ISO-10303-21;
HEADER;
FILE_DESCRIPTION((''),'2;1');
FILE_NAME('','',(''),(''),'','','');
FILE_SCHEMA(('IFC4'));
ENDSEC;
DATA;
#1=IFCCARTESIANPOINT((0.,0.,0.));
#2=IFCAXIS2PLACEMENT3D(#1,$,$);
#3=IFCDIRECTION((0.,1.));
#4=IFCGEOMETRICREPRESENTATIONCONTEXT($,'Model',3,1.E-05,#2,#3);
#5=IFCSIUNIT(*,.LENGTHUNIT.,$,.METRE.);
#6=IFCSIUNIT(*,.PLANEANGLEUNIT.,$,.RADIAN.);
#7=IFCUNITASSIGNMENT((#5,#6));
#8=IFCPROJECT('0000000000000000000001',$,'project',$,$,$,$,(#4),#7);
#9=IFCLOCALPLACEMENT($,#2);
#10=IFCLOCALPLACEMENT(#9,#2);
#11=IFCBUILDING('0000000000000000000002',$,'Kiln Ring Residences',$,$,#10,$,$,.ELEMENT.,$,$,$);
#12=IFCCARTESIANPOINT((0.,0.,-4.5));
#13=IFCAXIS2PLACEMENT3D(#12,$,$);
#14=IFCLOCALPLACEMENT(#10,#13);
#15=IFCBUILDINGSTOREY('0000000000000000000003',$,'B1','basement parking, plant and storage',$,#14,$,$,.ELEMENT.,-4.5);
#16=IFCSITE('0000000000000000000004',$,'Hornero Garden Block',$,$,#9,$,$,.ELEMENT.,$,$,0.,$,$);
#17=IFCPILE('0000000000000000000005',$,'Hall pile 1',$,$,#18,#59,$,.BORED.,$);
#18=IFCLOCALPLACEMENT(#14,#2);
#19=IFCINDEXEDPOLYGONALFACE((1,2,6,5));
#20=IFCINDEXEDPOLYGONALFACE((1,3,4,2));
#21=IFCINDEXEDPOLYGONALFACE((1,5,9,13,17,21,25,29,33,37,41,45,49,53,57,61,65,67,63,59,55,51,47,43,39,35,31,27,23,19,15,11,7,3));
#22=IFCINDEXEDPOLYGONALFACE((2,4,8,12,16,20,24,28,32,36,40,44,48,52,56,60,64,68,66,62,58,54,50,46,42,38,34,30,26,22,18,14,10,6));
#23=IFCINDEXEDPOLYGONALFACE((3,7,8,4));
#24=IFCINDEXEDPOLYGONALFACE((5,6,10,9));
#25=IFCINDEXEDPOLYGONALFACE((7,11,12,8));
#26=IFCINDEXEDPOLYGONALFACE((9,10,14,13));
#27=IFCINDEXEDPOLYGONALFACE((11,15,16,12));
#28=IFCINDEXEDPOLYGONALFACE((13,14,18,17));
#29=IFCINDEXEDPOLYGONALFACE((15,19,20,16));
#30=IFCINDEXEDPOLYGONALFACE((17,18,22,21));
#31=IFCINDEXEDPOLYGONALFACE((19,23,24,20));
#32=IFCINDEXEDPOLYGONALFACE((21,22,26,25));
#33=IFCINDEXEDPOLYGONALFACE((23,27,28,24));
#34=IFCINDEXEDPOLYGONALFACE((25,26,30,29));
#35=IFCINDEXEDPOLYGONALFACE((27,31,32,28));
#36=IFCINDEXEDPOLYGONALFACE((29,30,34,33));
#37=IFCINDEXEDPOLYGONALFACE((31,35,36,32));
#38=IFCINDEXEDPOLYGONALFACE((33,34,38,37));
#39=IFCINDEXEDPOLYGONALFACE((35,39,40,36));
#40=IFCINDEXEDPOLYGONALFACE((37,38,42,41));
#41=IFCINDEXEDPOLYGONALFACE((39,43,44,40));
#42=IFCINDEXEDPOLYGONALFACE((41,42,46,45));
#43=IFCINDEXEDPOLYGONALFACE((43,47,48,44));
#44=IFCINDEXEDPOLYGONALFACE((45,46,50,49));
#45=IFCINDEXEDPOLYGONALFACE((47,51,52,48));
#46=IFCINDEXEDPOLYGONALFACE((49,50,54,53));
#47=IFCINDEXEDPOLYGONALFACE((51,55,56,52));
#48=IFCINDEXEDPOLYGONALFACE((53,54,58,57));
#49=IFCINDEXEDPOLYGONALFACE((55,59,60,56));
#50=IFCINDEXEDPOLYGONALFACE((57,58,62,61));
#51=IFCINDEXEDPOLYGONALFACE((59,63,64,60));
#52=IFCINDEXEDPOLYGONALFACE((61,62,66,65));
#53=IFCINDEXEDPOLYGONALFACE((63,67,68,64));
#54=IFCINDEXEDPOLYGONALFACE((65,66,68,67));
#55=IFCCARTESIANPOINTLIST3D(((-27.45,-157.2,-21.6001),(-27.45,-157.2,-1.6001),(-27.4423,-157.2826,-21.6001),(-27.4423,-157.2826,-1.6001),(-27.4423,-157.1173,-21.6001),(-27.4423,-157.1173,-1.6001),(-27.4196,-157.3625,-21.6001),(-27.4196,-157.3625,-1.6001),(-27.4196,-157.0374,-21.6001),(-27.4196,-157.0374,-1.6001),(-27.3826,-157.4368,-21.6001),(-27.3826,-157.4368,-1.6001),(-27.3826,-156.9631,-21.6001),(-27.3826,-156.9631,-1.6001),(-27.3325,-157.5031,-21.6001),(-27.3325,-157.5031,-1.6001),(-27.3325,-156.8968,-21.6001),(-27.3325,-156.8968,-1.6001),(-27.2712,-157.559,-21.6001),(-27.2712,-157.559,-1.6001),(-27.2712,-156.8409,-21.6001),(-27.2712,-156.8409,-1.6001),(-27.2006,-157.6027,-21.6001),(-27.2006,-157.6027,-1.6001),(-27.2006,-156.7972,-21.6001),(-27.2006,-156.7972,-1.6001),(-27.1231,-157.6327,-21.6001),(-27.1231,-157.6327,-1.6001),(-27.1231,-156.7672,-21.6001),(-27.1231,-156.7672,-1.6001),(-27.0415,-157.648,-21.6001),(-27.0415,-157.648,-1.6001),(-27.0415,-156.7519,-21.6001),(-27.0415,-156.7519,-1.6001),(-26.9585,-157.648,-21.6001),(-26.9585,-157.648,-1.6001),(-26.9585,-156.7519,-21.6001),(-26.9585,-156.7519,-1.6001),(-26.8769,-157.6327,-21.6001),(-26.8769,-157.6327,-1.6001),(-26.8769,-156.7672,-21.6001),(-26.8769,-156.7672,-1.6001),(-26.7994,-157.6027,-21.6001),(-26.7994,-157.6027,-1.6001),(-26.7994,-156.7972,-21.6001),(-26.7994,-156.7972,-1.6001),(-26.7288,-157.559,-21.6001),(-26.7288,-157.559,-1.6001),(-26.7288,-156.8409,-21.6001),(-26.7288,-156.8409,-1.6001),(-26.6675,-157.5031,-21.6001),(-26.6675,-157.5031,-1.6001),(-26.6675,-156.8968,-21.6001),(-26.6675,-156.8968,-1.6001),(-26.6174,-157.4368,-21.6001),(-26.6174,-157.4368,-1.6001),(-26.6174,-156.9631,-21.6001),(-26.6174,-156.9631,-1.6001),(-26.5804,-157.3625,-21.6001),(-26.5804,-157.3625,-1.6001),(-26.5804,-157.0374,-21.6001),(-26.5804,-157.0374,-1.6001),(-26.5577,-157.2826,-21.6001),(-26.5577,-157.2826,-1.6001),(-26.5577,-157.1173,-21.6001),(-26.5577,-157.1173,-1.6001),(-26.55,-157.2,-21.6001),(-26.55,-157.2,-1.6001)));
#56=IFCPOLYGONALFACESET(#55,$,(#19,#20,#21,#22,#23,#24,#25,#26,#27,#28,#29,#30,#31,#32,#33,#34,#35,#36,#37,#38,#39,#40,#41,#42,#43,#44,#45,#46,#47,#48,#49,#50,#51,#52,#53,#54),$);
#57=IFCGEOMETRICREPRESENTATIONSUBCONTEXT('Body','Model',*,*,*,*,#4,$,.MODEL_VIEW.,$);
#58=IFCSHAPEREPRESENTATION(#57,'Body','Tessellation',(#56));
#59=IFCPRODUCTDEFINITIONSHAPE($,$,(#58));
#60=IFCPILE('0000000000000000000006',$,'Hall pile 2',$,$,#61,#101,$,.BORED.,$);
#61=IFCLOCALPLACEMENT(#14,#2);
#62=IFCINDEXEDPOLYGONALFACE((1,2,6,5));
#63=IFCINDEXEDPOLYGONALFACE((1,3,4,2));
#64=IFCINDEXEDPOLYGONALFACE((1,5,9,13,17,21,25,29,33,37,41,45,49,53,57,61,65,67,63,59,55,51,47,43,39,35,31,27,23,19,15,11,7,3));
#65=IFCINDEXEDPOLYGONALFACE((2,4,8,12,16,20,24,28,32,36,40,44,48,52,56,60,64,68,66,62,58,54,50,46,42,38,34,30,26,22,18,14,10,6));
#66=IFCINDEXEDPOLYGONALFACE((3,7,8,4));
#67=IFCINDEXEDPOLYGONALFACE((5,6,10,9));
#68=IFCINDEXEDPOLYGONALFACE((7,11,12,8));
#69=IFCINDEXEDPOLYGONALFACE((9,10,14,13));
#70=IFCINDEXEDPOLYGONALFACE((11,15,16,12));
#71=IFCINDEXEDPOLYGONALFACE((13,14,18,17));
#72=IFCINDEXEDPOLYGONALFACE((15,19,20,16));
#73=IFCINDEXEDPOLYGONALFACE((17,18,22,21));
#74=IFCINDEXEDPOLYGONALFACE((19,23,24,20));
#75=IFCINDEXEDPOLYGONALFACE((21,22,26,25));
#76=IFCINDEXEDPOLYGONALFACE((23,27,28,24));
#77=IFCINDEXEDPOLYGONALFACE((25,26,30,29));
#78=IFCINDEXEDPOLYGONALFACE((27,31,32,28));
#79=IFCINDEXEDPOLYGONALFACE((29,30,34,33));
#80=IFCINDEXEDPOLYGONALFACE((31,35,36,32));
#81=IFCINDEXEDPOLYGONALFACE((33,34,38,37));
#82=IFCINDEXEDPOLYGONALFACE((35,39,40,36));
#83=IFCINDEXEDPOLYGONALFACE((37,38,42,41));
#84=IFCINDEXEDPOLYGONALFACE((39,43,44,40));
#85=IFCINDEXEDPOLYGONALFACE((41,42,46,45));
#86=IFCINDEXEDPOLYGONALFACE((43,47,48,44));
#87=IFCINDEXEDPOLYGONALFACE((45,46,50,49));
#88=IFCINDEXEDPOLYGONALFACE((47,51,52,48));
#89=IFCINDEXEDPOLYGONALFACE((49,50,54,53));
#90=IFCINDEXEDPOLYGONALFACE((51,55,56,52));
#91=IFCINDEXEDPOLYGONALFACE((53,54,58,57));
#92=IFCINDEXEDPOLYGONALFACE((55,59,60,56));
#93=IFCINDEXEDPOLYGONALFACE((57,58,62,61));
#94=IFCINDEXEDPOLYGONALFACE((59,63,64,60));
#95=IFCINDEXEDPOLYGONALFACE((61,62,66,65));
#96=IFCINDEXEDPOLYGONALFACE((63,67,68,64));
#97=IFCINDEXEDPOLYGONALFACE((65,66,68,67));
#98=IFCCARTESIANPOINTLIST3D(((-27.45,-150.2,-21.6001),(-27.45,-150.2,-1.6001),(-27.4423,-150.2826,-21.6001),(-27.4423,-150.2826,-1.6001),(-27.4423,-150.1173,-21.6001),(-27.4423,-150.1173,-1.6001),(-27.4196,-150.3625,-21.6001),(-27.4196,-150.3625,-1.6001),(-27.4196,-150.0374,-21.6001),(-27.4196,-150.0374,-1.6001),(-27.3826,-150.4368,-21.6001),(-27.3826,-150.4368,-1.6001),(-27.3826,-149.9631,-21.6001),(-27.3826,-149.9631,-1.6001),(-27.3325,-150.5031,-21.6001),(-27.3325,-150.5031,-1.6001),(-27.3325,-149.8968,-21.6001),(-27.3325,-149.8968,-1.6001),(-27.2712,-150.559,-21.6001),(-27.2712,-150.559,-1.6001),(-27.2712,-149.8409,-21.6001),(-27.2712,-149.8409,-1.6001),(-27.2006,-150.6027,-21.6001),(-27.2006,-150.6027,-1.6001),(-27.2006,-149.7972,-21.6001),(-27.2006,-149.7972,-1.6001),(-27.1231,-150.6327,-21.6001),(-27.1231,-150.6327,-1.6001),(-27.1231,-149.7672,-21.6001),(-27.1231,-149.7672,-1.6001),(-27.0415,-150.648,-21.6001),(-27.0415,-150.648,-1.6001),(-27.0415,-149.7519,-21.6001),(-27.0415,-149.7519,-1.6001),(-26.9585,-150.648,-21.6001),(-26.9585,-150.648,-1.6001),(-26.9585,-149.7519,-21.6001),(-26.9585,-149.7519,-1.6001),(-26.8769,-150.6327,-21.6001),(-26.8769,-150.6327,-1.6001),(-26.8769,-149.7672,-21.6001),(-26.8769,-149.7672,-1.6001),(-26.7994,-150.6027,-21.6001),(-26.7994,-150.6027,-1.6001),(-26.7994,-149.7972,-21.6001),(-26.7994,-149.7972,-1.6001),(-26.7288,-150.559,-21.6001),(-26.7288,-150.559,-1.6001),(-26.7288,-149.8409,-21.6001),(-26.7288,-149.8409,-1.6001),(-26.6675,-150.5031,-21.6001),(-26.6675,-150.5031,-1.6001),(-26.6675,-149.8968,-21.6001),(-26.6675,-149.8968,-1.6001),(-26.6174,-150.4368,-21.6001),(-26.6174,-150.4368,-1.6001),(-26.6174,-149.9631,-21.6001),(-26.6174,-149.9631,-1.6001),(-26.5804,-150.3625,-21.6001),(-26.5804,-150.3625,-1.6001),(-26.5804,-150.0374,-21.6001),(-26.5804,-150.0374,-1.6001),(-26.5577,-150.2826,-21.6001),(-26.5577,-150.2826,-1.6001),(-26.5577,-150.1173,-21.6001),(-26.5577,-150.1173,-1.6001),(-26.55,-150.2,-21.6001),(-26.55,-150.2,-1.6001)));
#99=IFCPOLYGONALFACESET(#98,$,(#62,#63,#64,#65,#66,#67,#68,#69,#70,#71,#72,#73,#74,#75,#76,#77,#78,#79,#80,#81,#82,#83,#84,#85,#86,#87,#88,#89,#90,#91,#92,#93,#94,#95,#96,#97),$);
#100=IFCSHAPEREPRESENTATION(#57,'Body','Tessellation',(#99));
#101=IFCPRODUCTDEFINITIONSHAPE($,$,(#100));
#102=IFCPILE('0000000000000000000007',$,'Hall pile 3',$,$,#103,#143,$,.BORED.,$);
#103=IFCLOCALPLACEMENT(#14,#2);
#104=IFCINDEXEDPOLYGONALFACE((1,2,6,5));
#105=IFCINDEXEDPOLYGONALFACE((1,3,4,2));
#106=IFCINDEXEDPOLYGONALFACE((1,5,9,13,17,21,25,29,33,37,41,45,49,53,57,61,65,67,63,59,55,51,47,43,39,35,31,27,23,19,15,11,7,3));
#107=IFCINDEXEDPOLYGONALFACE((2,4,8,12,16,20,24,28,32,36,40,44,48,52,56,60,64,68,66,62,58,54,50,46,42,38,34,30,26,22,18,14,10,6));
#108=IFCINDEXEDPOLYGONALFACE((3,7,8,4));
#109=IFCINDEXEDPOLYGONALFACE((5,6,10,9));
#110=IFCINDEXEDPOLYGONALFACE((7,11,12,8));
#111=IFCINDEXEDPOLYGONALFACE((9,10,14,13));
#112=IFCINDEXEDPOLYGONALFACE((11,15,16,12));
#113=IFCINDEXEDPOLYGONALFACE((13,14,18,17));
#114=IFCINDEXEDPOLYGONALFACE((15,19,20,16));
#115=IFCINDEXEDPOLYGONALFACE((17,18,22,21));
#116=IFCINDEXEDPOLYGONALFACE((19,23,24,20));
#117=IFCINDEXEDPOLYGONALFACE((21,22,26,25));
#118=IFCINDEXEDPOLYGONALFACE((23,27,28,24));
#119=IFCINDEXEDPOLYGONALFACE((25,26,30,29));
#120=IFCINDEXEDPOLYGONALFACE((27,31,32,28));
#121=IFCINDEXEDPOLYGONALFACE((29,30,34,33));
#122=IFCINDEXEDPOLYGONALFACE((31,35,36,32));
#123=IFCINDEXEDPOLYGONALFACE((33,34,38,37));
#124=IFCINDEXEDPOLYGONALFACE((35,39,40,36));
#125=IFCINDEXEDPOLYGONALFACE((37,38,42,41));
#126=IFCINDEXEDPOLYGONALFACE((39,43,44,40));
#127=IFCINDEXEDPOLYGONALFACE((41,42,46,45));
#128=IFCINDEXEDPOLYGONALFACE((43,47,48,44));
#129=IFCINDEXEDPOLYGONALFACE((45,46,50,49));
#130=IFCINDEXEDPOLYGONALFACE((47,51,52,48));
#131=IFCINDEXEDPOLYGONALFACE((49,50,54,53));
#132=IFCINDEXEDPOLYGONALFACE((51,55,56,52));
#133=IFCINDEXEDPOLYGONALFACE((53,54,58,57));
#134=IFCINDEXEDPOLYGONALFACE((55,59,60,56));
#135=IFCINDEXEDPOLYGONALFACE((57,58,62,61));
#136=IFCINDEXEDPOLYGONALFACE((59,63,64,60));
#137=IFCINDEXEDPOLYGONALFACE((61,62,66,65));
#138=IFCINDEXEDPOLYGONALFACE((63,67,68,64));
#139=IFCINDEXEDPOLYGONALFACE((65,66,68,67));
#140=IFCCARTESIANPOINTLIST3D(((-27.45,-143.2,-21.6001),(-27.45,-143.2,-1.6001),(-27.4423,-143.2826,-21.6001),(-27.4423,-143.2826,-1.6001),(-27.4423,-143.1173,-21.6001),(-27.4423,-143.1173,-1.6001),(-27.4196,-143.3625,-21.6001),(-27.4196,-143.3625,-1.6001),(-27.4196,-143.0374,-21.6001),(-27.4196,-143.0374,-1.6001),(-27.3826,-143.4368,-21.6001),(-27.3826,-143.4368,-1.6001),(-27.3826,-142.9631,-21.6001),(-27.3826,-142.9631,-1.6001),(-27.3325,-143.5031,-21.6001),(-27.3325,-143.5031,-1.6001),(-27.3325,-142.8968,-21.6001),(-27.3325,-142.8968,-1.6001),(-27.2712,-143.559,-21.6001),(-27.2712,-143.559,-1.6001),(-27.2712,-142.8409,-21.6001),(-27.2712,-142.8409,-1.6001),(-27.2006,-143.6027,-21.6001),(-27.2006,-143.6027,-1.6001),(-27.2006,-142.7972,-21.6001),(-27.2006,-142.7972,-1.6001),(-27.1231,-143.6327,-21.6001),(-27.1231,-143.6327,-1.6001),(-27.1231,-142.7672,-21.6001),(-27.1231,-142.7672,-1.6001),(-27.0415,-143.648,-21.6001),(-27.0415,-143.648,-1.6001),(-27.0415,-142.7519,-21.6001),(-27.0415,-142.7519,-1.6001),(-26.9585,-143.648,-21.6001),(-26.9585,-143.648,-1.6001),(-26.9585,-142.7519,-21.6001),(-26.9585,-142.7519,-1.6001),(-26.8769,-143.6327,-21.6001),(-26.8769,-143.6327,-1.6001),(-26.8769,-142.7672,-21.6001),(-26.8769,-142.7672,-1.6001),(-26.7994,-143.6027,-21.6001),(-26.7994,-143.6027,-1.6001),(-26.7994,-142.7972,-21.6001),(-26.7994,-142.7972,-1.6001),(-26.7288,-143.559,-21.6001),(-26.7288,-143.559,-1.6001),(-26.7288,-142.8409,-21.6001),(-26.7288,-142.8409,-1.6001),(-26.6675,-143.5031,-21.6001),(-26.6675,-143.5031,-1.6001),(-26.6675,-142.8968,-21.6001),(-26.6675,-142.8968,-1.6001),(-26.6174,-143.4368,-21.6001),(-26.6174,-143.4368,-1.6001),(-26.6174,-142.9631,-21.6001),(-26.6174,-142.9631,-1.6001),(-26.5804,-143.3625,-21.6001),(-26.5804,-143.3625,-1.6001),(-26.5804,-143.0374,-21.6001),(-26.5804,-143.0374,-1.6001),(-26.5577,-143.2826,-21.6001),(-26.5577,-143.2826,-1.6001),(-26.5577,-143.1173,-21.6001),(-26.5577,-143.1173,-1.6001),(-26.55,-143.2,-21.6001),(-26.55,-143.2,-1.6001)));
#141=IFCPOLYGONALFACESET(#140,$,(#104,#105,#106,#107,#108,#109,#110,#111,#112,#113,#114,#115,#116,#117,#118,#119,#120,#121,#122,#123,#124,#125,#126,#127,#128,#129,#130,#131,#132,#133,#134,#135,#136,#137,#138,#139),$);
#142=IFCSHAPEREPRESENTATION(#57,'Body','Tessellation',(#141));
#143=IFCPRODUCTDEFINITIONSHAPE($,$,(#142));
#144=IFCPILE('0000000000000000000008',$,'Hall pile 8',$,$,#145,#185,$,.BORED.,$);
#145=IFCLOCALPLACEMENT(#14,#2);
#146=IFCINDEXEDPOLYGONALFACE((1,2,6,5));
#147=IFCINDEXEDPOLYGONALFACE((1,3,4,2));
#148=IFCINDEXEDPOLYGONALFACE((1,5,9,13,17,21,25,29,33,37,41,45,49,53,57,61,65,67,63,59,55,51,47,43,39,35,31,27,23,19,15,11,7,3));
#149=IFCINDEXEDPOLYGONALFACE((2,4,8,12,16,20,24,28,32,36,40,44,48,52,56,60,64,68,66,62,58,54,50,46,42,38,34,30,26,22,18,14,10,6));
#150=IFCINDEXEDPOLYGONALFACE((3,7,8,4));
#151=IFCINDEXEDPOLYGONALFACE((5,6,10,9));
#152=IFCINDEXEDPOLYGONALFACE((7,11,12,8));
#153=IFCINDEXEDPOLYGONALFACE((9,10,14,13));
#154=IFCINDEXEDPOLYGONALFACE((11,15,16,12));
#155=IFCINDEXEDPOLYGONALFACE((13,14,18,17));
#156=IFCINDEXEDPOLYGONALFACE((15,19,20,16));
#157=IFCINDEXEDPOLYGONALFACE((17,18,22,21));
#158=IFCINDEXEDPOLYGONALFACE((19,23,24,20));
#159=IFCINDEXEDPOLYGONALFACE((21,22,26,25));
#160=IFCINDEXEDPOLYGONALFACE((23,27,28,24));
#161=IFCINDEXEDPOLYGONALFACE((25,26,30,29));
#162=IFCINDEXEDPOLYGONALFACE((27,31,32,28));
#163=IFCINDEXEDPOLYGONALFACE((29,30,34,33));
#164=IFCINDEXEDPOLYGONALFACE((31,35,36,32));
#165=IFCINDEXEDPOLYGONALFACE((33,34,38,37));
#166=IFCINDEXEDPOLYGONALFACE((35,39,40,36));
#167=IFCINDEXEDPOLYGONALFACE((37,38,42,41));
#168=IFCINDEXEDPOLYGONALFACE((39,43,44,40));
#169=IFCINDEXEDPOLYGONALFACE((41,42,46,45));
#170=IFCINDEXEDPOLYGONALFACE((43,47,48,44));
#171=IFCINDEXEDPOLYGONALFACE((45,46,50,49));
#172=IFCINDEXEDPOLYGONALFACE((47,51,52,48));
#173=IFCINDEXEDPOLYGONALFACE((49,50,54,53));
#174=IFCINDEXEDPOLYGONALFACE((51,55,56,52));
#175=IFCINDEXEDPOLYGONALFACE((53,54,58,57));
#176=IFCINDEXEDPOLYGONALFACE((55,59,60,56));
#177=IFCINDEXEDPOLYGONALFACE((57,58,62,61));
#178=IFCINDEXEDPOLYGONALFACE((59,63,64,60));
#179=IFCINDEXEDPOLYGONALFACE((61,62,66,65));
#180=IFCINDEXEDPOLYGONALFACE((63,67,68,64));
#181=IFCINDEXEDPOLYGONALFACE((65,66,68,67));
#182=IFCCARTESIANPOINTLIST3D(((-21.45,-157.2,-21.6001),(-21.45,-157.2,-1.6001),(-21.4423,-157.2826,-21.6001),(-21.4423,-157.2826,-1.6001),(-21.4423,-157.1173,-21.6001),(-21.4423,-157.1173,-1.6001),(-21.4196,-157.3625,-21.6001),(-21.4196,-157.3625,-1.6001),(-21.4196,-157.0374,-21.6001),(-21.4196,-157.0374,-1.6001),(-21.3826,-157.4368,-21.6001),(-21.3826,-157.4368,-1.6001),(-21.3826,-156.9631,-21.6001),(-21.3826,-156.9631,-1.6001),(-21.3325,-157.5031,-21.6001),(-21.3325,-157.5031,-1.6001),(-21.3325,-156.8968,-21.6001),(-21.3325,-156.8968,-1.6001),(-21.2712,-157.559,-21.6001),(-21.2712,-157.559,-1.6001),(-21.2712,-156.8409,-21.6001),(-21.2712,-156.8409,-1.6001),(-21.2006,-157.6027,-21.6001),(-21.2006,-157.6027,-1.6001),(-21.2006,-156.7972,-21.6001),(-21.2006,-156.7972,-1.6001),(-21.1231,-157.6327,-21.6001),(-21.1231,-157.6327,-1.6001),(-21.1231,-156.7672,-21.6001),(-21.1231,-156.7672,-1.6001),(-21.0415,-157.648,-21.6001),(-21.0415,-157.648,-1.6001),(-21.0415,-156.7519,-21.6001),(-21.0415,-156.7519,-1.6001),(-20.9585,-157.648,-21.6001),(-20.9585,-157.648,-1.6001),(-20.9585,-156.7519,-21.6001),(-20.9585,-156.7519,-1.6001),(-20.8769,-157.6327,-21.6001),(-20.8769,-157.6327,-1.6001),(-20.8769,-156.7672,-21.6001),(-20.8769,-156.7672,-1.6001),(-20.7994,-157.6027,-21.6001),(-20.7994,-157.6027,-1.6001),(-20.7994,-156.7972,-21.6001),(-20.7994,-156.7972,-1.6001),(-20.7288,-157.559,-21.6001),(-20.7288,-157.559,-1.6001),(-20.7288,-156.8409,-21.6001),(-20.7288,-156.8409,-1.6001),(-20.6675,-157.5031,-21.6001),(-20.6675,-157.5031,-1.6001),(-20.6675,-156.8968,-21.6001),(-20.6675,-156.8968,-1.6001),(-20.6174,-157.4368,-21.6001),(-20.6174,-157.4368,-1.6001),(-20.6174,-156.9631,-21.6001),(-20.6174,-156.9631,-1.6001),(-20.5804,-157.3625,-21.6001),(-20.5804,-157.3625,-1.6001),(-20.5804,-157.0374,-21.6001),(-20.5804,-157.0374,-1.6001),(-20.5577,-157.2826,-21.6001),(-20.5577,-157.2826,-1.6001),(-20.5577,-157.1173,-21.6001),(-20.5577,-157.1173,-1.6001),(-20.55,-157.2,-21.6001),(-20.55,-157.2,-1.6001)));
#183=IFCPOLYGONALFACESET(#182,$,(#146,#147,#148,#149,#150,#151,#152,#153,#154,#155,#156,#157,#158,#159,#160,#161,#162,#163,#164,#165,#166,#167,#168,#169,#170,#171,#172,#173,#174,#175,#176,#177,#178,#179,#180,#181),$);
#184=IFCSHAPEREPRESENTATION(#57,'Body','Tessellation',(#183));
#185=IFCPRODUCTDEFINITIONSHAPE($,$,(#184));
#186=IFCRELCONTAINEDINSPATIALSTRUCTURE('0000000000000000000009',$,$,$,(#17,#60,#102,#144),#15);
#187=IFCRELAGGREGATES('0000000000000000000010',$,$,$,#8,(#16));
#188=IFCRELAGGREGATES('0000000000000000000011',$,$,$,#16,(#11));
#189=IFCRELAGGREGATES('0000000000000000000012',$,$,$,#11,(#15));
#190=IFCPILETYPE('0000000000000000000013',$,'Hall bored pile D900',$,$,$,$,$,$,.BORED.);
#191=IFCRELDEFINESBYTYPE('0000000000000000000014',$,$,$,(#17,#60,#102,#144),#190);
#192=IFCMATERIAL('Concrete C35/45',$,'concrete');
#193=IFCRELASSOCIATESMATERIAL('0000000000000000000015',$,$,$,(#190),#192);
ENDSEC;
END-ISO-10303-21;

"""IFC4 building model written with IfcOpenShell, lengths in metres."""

from ifc_helpers import new_model, si_unit, direction, frame, origin, origin_2d, place, context, subcontext, project, spatial, circle, extrude, material, material_profile, profile_set, type_object, element, save


model = new_model("IFC4")

# Units and contexts
model_context = context("Model", 3, precision=1e-05, world=origin(), true_north=direction((0.0, 1.0)))
body_context = subcontext(model_context, "Body", "Model", "MODEL_VIEW")
ifc_project = project(units=[si_unit("LENGTHUNIT", "METRE"), si_unit("PLANEANGLEUNIT", "RADIAN")], contexts=[model_context])

# Site, building, storey
site_placement = place(None, origin())
site = spatial("IfcSite", under=ifc_project, at=site_placement, Name="Hornero Garden Block", CompositionType="ELEMENT", RefElevation=0.0)
building_placement = place(site_placement, origin())
building = spatial("IfcBuilding", under=site, at=building_placement, Name="Kiln Ring Residences", CompositionType="ELEMENT")
storey_placement = place(building_placement, frame((0.0, 0.0, -4.5)))
storey = spatial("IfcBuildingStorey", under=building, at=storey_placement, Name="B1", Description="basement parking, plant and storage", CompositionType="ELEMENT", Elevation=-4.5)

# Piles
ifc_material_1 = material(Name="Concrete C35/45", Category="concrete")
ifc_material_profile_1 = material_profile(ifc_material_1, circle(Radius=0.45, at=origin_2d()), Name="Hall bored pile D900")
ifc_profile_set_1 = profile_set([ifc_material_profile_1], Name="Concrete C35/45")
pile_type = type_object("IfcPileType", Name="Hall bored pile D900", PredefinedType="BORED", material=ifc_profile_set_1)
for number, where, z_axis, x_axis, name in (
    (1, (-27.0, -157.2, -1.6001), (0.0, 0.0, -1.0), (1.0, 0.0, 0.0), "Hall pile 1"),
    (2, (-27.0, -150.2, -1.6001), (0.0, 0.0, -1.0), (1.0, 0.0, 0.0), "Hall pile 2"),
    (3, (-27.0, -143.2, -1.6001), (0.0, 0.0, -1.0), (1.0, 0.0, 0.0), "Hall pile 3"),
    (4, (-21.0, -157.2, -1.6001), (0.0, 0.0, -1.0), (1.0, 0.0, 0.0), "Hall pile 8"),
):
    element("IfcPile", number, at=place(storey_placement, frame(where, z_axis=z_axis, x_axis=x_axis)), inside=storey, type_object=pile_type, Name=name, PredefinedType="BORED", context=body_context, shape_type="SweptSolid", body=[
        extrude(circle(Radius=0.45, at=origin_2d()), origin(), (0.0, 0.0, 1.0), 20.0),
    ])

save(model, "model.ifc")
